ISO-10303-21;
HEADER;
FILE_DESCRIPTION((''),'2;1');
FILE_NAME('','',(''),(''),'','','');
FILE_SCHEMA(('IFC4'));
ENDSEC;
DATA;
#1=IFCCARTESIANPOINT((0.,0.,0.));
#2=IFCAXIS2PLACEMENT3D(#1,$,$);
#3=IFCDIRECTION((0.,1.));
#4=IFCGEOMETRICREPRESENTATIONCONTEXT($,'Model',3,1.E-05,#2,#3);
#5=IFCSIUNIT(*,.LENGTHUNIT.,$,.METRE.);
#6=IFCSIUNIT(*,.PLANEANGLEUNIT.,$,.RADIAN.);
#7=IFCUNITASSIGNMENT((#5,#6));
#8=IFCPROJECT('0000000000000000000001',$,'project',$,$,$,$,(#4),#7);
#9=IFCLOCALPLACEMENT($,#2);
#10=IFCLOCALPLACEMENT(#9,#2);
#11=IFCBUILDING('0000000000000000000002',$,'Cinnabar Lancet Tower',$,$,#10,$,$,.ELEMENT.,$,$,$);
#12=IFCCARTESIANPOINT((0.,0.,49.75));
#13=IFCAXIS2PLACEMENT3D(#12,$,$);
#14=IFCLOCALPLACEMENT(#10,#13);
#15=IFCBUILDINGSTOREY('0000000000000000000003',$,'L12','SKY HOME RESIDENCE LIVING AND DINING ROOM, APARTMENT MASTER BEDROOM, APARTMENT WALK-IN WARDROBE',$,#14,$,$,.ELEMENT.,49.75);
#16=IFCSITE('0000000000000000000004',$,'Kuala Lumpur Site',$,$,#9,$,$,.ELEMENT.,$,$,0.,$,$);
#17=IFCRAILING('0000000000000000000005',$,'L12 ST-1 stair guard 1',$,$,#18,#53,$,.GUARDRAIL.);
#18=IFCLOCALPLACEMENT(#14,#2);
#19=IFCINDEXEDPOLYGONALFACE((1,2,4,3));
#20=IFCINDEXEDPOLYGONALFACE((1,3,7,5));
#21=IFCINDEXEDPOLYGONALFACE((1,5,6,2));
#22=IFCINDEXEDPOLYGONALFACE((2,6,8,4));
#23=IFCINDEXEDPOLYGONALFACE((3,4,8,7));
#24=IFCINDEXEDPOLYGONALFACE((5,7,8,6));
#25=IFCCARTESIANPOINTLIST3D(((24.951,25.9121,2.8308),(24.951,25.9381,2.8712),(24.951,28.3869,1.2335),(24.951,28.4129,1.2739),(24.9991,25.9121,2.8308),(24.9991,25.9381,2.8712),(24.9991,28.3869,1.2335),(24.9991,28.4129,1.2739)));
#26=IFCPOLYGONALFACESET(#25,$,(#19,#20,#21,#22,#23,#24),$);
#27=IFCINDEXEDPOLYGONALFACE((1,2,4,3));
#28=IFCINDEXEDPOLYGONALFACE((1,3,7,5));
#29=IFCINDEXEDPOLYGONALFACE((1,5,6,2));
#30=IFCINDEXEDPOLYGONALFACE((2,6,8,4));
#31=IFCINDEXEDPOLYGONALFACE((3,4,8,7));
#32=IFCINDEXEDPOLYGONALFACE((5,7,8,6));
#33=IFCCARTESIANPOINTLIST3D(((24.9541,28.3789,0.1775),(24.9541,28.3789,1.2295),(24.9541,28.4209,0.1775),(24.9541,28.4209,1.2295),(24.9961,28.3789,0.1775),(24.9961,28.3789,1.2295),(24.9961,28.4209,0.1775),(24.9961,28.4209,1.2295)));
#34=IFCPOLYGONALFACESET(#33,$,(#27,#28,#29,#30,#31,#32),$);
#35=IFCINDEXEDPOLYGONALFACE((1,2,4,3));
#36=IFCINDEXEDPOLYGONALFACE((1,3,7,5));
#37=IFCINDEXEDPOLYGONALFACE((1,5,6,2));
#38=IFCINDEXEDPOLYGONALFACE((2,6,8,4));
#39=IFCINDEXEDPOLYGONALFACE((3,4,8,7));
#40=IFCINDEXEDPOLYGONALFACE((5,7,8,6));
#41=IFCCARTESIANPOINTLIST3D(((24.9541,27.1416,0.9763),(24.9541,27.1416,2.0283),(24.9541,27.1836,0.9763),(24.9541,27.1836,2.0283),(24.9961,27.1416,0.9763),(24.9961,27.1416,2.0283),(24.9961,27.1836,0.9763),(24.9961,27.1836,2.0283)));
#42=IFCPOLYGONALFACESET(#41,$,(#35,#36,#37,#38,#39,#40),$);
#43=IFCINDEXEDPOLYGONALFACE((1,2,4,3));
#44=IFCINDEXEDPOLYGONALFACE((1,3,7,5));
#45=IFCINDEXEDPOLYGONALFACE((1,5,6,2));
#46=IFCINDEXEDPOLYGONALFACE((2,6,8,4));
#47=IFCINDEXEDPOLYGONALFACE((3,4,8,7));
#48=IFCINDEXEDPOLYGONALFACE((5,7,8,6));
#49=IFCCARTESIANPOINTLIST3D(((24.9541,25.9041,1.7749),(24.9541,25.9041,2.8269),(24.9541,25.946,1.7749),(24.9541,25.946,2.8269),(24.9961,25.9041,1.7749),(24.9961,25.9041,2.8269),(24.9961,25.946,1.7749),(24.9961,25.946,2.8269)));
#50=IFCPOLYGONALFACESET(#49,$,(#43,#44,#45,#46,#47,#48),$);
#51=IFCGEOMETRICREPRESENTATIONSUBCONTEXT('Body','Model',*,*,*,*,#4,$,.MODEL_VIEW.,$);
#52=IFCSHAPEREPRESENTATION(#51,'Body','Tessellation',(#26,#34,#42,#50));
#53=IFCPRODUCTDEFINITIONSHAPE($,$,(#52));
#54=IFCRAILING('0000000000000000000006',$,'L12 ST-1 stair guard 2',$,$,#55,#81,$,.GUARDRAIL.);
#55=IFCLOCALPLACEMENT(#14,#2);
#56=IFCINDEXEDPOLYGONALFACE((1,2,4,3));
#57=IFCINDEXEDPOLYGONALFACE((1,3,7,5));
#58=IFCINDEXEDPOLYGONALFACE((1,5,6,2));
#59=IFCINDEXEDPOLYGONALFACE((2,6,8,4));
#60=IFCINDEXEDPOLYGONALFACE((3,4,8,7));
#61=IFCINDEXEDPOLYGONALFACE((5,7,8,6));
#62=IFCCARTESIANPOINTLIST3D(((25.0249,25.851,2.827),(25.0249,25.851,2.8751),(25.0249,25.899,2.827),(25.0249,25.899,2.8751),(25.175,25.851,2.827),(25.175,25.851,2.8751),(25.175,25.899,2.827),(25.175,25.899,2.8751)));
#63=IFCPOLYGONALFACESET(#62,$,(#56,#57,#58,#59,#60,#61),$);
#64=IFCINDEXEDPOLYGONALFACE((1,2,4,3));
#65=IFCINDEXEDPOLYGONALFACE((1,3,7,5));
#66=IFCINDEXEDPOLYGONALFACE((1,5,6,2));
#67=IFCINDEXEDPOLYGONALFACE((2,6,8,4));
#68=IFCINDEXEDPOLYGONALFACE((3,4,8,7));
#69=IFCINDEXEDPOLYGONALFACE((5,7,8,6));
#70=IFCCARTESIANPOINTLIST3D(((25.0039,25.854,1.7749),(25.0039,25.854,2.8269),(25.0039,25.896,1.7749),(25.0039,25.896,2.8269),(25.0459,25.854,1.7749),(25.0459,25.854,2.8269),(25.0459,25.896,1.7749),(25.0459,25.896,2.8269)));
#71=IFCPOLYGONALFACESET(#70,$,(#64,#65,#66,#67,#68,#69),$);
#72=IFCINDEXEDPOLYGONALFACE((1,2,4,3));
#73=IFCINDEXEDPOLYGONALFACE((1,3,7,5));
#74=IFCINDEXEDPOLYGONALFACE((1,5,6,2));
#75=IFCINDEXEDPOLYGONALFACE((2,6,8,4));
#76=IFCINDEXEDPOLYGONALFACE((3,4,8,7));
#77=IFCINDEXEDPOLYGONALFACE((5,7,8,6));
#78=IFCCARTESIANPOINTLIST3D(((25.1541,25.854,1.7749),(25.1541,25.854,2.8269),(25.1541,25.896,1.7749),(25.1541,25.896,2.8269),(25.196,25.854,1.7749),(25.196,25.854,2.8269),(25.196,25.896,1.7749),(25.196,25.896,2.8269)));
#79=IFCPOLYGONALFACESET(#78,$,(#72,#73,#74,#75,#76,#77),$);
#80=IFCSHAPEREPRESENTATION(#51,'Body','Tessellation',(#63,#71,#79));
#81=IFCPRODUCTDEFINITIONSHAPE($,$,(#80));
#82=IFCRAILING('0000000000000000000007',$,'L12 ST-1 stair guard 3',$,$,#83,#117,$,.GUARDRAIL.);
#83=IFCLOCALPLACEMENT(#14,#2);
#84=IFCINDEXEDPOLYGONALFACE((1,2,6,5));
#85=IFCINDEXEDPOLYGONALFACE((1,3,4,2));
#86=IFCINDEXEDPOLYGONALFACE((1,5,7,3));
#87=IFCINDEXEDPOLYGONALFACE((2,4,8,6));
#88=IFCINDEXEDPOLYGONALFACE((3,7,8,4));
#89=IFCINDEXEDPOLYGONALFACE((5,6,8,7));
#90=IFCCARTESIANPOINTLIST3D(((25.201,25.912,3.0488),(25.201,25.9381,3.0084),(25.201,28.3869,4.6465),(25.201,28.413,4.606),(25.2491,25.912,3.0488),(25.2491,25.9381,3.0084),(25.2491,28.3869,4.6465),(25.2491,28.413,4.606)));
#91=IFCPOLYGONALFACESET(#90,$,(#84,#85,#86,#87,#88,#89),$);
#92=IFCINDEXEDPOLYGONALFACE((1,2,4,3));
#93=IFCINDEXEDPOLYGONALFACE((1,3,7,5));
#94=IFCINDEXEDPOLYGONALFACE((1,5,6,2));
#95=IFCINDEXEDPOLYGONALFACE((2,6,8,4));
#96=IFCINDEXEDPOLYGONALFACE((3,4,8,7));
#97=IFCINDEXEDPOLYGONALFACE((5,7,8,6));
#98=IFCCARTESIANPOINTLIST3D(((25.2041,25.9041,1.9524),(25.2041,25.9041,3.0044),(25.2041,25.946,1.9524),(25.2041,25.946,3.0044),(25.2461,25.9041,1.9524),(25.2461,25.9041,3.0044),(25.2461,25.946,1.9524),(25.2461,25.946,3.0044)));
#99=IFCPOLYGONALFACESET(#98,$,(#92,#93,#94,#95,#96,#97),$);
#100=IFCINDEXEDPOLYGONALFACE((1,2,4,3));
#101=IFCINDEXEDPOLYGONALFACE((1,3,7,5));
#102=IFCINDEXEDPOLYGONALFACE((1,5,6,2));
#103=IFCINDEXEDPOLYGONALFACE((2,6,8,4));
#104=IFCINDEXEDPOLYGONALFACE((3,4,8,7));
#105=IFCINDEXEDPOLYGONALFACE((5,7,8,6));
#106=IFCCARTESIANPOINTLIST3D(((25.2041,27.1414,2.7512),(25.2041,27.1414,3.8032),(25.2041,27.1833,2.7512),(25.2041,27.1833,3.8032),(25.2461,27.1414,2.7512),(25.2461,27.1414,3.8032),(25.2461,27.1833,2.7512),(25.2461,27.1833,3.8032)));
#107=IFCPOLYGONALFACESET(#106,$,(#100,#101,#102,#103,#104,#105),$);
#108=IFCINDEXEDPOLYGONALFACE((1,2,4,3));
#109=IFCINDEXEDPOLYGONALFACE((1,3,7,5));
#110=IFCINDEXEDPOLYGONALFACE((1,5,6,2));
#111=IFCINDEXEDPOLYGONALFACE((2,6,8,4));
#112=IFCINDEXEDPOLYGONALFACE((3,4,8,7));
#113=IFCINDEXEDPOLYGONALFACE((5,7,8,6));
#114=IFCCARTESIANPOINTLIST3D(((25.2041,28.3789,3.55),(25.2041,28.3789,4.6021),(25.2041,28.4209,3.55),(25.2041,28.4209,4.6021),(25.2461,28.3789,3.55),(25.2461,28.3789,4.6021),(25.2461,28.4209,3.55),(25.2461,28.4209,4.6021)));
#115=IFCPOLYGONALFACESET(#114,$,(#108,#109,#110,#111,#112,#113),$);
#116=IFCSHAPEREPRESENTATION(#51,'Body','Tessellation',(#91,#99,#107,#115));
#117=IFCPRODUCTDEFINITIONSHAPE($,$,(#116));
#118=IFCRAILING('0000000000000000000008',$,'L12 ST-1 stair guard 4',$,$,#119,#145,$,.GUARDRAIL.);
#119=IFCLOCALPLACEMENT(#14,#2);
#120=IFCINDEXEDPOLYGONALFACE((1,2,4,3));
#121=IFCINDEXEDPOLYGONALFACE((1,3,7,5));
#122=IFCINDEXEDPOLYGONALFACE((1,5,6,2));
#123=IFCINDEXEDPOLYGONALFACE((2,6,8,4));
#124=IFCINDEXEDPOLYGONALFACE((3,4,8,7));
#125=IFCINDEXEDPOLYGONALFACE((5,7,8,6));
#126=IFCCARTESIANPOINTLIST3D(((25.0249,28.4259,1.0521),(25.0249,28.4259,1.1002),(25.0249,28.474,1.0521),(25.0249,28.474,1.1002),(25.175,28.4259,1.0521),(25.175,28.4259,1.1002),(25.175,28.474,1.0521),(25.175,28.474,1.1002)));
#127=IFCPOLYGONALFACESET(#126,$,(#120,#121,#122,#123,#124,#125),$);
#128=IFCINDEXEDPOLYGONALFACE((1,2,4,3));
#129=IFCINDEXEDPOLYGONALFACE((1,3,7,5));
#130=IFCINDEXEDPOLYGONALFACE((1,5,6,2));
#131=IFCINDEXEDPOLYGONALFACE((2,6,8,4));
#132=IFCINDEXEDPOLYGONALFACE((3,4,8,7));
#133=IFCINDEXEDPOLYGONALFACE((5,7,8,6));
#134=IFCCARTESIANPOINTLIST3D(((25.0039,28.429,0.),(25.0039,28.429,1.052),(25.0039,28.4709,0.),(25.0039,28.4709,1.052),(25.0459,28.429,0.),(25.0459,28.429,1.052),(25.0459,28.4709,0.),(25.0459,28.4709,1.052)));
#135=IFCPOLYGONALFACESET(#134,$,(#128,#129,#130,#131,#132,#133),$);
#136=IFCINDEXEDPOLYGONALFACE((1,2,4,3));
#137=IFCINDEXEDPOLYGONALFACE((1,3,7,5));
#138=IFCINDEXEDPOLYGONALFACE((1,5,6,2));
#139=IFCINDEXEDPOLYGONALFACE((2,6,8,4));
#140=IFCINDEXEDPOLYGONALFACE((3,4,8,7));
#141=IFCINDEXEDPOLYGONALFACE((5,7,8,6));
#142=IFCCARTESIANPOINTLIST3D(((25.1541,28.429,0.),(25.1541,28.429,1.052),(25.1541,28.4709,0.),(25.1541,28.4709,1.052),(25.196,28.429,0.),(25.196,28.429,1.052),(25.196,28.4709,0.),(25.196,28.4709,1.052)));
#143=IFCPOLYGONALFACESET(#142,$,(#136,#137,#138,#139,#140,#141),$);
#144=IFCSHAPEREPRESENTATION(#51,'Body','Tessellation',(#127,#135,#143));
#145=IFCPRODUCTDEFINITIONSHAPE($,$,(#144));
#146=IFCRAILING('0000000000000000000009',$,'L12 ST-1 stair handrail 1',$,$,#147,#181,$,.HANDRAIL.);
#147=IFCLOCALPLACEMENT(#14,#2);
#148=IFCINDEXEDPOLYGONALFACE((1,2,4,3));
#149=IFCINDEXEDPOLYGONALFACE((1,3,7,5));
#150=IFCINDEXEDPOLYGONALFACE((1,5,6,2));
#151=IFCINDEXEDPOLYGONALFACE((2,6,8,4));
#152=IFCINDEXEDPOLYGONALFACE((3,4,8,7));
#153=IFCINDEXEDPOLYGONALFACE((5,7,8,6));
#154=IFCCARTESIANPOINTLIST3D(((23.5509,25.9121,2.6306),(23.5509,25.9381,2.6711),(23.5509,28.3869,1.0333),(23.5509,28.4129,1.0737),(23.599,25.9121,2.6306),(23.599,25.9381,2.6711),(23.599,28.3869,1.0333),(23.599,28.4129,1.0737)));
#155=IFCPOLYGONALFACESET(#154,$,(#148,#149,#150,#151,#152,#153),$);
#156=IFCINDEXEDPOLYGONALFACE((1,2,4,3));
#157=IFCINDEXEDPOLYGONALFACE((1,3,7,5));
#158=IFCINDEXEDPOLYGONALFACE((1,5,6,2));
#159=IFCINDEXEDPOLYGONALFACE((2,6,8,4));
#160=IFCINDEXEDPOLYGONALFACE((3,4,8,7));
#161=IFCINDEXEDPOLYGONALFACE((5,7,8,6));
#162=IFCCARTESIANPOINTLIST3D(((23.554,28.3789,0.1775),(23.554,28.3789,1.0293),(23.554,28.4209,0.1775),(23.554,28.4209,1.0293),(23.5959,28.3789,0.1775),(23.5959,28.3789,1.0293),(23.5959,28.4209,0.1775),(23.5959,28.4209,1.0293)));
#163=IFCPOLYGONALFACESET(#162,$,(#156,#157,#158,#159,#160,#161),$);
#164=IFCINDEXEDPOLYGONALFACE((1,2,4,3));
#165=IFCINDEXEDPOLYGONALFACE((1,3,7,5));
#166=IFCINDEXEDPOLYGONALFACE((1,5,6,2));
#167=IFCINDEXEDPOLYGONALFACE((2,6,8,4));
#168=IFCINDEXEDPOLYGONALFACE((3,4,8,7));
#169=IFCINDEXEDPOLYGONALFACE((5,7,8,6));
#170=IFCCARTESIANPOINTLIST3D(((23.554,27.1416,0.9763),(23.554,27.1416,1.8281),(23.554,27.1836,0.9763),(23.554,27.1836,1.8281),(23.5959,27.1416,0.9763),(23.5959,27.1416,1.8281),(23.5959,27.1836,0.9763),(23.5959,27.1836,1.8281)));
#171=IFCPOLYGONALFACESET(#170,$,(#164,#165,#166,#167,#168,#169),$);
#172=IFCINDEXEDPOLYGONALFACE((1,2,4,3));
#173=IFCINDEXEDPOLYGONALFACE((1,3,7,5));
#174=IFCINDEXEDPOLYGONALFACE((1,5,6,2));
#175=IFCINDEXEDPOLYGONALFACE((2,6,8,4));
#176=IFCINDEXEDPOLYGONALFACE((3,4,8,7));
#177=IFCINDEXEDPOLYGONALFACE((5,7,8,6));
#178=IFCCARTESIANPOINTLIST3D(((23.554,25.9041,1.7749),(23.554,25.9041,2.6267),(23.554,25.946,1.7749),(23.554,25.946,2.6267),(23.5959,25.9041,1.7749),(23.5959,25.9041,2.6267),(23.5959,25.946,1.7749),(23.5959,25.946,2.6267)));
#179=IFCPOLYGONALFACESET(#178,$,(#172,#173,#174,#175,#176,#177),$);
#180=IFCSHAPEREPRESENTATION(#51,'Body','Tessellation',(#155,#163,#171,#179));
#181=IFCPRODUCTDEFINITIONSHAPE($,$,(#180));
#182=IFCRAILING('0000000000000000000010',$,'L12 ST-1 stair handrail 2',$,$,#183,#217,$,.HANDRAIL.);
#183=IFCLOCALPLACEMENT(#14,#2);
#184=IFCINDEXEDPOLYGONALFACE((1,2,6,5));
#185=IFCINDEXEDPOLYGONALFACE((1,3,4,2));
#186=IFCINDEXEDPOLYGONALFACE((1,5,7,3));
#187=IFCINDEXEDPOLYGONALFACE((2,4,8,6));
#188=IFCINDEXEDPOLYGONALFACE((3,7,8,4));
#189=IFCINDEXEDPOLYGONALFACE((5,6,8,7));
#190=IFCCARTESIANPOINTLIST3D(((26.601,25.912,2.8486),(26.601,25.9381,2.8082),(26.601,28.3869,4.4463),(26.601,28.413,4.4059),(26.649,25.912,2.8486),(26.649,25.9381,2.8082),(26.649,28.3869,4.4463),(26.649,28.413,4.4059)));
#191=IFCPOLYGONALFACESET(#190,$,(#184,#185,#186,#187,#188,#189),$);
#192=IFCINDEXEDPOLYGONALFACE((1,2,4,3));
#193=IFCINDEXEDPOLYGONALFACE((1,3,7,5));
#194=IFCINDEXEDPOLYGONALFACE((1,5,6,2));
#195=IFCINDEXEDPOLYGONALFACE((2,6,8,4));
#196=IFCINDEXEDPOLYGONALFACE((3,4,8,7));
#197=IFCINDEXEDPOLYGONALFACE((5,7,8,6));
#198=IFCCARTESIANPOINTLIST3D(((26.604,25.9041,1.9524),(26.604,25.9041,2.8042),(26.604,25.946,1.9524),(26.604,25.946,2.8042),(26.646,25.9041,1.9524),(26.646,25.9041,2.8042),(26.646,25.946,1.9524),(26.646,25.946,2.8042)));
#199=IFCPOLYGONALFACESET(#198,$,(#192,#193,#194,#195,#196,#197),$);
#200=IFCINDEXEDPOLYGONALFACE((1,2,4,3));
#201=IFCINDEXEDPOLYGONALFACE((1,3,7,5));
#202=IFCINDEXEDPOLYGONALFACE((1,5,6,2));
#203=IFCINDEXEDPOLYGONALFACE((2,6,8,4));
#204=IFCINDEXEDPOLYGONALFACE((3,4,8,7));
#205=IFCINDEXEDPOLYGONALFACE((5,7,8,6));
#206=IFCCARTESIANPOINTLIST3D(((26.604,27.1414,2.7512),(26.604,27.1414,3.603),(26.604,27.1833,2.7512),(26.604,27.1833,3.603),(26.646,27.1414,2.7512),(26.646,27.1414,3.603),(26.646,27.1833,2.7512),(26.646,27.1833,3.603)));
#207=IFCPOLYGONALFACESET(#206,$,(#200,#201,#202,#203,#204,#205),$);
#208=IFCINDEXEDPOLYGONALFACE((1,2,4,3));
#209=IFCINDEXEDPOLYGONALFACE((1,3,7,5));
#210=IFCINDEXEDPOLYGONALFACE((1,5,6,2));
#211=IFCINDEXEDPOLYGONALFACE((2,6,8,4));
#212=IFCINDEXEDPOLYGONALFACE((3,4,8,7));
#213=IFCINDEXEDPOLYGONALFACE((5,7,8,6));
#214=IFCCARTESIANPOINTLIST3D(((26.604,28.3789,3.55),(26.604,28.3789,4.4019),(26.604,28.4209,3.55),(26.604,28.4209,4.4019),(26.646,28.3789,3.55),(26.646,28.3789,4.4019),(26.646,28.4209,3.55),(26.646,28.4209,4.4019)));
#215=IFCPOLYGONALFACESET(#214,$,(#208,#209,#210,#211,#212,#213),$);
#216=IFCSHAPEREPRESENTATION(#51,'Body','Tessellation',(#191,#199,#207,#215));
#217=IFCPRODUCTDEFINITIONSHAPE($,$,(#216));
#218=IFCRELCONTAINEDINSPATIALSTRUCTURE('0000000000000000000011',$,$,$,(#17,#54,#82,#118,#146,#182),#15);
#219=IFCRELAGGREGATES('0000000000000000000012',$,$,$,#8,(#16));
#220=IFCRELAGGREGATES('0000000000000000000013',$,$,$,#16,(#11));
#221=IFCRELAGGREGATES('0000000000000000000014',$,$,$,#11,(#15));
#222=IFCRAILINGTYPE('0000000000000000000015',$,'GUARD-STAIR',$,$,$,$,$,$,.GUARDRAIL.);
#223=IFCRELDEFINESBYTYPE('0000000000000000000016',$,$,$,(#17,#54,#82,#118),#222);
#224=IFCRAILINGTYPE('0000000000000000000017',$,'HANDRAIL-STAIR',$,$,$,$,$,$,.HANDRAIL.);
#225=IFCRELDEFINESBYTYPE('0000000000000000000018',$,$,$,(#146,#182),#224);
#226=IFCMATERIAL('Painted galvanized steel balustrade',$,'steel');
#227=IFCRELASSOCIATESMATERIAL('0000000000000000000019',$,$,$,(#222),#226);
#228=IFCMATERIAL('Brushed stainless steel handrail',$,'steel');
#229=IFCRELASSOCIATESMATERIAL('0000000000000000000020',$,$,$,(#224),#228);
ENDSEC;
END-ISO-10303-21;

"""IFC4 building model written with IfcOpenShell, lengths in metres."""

from ifc_helpers import new_model, si_unit, direction, frame, origin, origin_2d, place, context, subcontext, project, spatial, rectangle, extrude, material, type_object, element, save


model = new_model("IFC4")

# Units and contexts
model_context = context("Model", 3, precision=1e-05, world=origin(), true_north=direction((0.0, 1.0)))
body_context = subcontext(model_context, "Body", "Model", "MODEL_VIEW")
ifc_project = project(units=[si_unit("LENGTHUNIT", "METRE"), si_unit("PLANEANGLEUNIT", "RADIAN")], contexts=[model_context])

# Site, building, storey
site_placement = place(None, origin())
site = spatial("IfcSite", under=ifc_project, at=site_placement, Name="Kuala Lumpur Site", CompositionType="ELEMENT", RefElevation=0.0)
building_placement = place(site_placement, origin())
building = spatial("IfcBuilding", under=site, at=building_placement, Name="Cinnabar Lancet Tower", CompositionType="ELEMENT")
storey_placement = place(building_placement, frame((0.0, 0.0, 49.75)))
storey = spatial("IfcBuildingStorey", under=building, at=storey_placement, Name="L12", Description="SKY HOME RESIDENCE LIVING AND DINING ROOM, APARTMENT MASTER BEDROOM, APARTMENT WALK-IN WARDROBE", CompositionType="ELEMENT", Elevation=49.75)

# Railings
ifc_material_1 = material(Name="Painted galvanized steel balustrade", Category="steel")
railing_type_1 = type_object("IfcRailingType", Name="GUARD-STAIR", PredefinedType="GUARDRAIL", material=ifc_material_1)
railing_1_placement = place(storey_placement, frame((24.9751, 28.3999, 0.1775)))
element("IfcRailing", 1, at=railing_1_placement, inside=storey, type_object=railing_type_1, Name="L12 ST-1 stair guard 1", PredefinedType="GUARDRAIL", context=body_context, shape_type="SweptSolid", body=[
    extrude(rectangle(XDim=0.0481, YDim=0.0481, at=origin_2d()), frame((0.0, 0.0, 1.0762), z_axis=(0.0, -0.840183, 0.542302), x_axis=(1.0, 0.0, 0.0)), (0.0, 0.0, 1.0), 2.9456),
    extrude(rectangle(XDim=0.042, YDim=0.042, at=origin_2d()), origin(), (0.0, 0.0, 1.0), 1.052),
    extrude(rectangle(XDim=0.042, YDim=0.042, at=origin_2d()), frame((0.0, -1.2373, 0.7988)), (0.0, 0.0, 1.0), 1.052),
    extrude(rectangle(XDim=0.042, YDim=0.042, at=origin_2d()), frame((0.0, -2.4749, 1.5974)), (0.0, 0.0, 1.0), 1.052),
])
railing_2_placement = place(storey_placement, frame((25.0249, 25.875, 1.7749)))
element("IfcRailing", 2, at=railing_2_placement, inside=storey, type_object=railing_type_1, Name="L12 ST-1 stair guard 2", PredefinedType="GUARDRAIL", context=body_context, shape_type="SweptSolid", body=[
    extrude(rectangle(XDim=0.0481, YDim=0.0481, at=origin_2d()), frame((0.0, 0.0, 1.0762), z_axis=(1.0, 0.0, 0.0), x_axis=(0.0, 1.0, 0.0)), (0.0, 0.0, 1.0), 0.1501),
    extrude(rectangle(XDim=0.042, YDim=0.042, at=origin_2d()), origin(), (0.0, 0.0, 1.0), 1.052),
    extrude(rectangle(XDim=0.042, YDim=0.042, at=origin_2d()), frame((0.1501, 0.0, 0.0)), (0.0, 0.0, 1.0), 1.052),
])
railing_3_placement = place(storey_placement, frame((25.2251, 25.925, 1.9524)))
element("IfcRailing", 3, at=railing_3_placement, inside=storey, type_object=railing_type_1, Name="L12 ST-1 stair guard 3", PredefinedType="GUARDRAIL", context=body_context, shape_type="SweptSolid", body=[
    extrude(rectangle(XDim=0.0481, YDim=0.0481, at=origin_2d()), frame((0.0, 0.0, 1.0762), z_axis=(0.0, 0.840146, 0.542361), x_axis=(-1.0, 0.0, 0.0)), (0.0, 0.0, 1.0), 2.9458),
    extrude(rectangle(XDim=0.042, YDim=0.042, at=origin_2d()), origin(), (0.0, 0.0, 1.0), 1.052),
    extrude(rectangle(XDim=0.042, YDim=0.042, at=origin_2d()), frame((0.0, 1.2373, 0.7988)), (0.0, 0.0, 1.0), 1.052),
    extrude(rectangle(XDim=0.042, YDim=0.042, at=origin_2d()), frame((0.0, 2.4749, 1.5977)), (0.0, 0.0, 1.0), 1.052),
])
railing_4_placement = place(storey_placement, frame((25.0249, 28.45, 0.0)))
element("IfcRailing", 4, at=railing_4_placement, inside=storey, type_object=railing_type_1, Name="L12 ST-1 stair guard 4", PredefinedType="GUARDRAIL", context=body_context, shape_type="SweptSolid", body=[
    extrude(rectangle(XDim=0.0481, YDim=0.0481, at=origin_2d()), frame((0.0, 0.0, 1.0762), z_axis=(1.0, 0.0, 0.0), x_axis=(0.0, 1.0, 0.0)), (0.0, 0.0, 1.0), 0.1501),
    extrude(rectangle(XDim=0.042, YDim=0.042, at=origin_2d()), origin(), (0.0, 0.0, 1.0), 1.052),
    extrude(rectangle(XDim=0.042, YDim=0.042, at=origin_2d()), frame((0.1501, 0.0, 0.0)), (0.0, 0.0, 1.0), 1.052),
])
ifc_material_2 = material(Name="Brushed stainless steel handrail", Category="steel")
railing_type_2 = type_object("IfcRailingType", Name="HANDRAIL-STAIR", PredefinedType="HANDRAIL", material=ifc_material_2)
railing_5_placement = place(storey_placement, frame((23.575, 28.3999, 0.1775)))
element("IfcRailing", 5, at=railing_5_placement, inside=storey, type_object=railing_type_2, Name="L12 ST-1 stair handrail 1", PredefinedType="HANDRAIL", context=body_context, shape_type="SweptSolid", body=[
    extrude(rectangle(XDim=0.0481, YDim=0.0481, at=origin_2d()), frame((0.0, 0.0, 0.876), z_axis=(0.0, -0.840183, 0.542302), x_axis=(1.0, 0.0, 0.0)), (0.0, 0.0, 1.0), 2.9456),
    extrude(rectangle(XDim=0.042, YDim=0.042, at=origin_2d()), origin(), (0.0, 0.0, 1.0), 0.8518),
    extrude(rectangle(XDim=0.042, YDim=0.042, at=origin_2d()), frame((0.0, -1.2373, 0.7988)), (0.0, 0.0, 1.0), 0.8518),
    extrude(rectangle(XDim=0.042, YDim=0.042, at=origin_2d()), frame((0.0, -2.4749, 1.5974)), (0.0, 0.0, 1.0), 0.8518),
])
railing_6_placement = place(storey_placement, frame((26.625, 25.925, 1.9524)))
element("IfcRailing", 6, at=railing_6_placement, inside=storey, type_object=railing_type_2, Name="L12 ST-1 stair handrail 2", PredefinedType="HANDRAIL", context=body_context, shape_type="SweptSolid", body=[
    extrude(rectangle(XDim=0.0481, YDim=0.0481, at=origin_2d()), frame((0.0, 0.0, 0.876), z_axis=(0.0, 0.840146, 0.542361), x_axis=(-1.0, 0.0, 0.0)), (0.0, 0.0, 1.0), 2.9458),
    extrude(rectangle(XDim=0.042, YDim=0.042, at=origin_2d()), origin(), (0.0, 0.0, 1.0), 0.8518),
    extrude(rectangle(XDim=0.042, YDim=0.042, at=origin_2d()), frame((0.0, 1.2373, 0.7988)), (0.0, 0.0, 1.0), 0.8518),
    extrude(rectangle(XDim=0.042, YDim=0.042, at=origin_2d()), frame((0.0, 2.4749, 1.5977)), (0.0, 0.0, 1.0), 0.8518),
])

save(model, "model.ifc")
